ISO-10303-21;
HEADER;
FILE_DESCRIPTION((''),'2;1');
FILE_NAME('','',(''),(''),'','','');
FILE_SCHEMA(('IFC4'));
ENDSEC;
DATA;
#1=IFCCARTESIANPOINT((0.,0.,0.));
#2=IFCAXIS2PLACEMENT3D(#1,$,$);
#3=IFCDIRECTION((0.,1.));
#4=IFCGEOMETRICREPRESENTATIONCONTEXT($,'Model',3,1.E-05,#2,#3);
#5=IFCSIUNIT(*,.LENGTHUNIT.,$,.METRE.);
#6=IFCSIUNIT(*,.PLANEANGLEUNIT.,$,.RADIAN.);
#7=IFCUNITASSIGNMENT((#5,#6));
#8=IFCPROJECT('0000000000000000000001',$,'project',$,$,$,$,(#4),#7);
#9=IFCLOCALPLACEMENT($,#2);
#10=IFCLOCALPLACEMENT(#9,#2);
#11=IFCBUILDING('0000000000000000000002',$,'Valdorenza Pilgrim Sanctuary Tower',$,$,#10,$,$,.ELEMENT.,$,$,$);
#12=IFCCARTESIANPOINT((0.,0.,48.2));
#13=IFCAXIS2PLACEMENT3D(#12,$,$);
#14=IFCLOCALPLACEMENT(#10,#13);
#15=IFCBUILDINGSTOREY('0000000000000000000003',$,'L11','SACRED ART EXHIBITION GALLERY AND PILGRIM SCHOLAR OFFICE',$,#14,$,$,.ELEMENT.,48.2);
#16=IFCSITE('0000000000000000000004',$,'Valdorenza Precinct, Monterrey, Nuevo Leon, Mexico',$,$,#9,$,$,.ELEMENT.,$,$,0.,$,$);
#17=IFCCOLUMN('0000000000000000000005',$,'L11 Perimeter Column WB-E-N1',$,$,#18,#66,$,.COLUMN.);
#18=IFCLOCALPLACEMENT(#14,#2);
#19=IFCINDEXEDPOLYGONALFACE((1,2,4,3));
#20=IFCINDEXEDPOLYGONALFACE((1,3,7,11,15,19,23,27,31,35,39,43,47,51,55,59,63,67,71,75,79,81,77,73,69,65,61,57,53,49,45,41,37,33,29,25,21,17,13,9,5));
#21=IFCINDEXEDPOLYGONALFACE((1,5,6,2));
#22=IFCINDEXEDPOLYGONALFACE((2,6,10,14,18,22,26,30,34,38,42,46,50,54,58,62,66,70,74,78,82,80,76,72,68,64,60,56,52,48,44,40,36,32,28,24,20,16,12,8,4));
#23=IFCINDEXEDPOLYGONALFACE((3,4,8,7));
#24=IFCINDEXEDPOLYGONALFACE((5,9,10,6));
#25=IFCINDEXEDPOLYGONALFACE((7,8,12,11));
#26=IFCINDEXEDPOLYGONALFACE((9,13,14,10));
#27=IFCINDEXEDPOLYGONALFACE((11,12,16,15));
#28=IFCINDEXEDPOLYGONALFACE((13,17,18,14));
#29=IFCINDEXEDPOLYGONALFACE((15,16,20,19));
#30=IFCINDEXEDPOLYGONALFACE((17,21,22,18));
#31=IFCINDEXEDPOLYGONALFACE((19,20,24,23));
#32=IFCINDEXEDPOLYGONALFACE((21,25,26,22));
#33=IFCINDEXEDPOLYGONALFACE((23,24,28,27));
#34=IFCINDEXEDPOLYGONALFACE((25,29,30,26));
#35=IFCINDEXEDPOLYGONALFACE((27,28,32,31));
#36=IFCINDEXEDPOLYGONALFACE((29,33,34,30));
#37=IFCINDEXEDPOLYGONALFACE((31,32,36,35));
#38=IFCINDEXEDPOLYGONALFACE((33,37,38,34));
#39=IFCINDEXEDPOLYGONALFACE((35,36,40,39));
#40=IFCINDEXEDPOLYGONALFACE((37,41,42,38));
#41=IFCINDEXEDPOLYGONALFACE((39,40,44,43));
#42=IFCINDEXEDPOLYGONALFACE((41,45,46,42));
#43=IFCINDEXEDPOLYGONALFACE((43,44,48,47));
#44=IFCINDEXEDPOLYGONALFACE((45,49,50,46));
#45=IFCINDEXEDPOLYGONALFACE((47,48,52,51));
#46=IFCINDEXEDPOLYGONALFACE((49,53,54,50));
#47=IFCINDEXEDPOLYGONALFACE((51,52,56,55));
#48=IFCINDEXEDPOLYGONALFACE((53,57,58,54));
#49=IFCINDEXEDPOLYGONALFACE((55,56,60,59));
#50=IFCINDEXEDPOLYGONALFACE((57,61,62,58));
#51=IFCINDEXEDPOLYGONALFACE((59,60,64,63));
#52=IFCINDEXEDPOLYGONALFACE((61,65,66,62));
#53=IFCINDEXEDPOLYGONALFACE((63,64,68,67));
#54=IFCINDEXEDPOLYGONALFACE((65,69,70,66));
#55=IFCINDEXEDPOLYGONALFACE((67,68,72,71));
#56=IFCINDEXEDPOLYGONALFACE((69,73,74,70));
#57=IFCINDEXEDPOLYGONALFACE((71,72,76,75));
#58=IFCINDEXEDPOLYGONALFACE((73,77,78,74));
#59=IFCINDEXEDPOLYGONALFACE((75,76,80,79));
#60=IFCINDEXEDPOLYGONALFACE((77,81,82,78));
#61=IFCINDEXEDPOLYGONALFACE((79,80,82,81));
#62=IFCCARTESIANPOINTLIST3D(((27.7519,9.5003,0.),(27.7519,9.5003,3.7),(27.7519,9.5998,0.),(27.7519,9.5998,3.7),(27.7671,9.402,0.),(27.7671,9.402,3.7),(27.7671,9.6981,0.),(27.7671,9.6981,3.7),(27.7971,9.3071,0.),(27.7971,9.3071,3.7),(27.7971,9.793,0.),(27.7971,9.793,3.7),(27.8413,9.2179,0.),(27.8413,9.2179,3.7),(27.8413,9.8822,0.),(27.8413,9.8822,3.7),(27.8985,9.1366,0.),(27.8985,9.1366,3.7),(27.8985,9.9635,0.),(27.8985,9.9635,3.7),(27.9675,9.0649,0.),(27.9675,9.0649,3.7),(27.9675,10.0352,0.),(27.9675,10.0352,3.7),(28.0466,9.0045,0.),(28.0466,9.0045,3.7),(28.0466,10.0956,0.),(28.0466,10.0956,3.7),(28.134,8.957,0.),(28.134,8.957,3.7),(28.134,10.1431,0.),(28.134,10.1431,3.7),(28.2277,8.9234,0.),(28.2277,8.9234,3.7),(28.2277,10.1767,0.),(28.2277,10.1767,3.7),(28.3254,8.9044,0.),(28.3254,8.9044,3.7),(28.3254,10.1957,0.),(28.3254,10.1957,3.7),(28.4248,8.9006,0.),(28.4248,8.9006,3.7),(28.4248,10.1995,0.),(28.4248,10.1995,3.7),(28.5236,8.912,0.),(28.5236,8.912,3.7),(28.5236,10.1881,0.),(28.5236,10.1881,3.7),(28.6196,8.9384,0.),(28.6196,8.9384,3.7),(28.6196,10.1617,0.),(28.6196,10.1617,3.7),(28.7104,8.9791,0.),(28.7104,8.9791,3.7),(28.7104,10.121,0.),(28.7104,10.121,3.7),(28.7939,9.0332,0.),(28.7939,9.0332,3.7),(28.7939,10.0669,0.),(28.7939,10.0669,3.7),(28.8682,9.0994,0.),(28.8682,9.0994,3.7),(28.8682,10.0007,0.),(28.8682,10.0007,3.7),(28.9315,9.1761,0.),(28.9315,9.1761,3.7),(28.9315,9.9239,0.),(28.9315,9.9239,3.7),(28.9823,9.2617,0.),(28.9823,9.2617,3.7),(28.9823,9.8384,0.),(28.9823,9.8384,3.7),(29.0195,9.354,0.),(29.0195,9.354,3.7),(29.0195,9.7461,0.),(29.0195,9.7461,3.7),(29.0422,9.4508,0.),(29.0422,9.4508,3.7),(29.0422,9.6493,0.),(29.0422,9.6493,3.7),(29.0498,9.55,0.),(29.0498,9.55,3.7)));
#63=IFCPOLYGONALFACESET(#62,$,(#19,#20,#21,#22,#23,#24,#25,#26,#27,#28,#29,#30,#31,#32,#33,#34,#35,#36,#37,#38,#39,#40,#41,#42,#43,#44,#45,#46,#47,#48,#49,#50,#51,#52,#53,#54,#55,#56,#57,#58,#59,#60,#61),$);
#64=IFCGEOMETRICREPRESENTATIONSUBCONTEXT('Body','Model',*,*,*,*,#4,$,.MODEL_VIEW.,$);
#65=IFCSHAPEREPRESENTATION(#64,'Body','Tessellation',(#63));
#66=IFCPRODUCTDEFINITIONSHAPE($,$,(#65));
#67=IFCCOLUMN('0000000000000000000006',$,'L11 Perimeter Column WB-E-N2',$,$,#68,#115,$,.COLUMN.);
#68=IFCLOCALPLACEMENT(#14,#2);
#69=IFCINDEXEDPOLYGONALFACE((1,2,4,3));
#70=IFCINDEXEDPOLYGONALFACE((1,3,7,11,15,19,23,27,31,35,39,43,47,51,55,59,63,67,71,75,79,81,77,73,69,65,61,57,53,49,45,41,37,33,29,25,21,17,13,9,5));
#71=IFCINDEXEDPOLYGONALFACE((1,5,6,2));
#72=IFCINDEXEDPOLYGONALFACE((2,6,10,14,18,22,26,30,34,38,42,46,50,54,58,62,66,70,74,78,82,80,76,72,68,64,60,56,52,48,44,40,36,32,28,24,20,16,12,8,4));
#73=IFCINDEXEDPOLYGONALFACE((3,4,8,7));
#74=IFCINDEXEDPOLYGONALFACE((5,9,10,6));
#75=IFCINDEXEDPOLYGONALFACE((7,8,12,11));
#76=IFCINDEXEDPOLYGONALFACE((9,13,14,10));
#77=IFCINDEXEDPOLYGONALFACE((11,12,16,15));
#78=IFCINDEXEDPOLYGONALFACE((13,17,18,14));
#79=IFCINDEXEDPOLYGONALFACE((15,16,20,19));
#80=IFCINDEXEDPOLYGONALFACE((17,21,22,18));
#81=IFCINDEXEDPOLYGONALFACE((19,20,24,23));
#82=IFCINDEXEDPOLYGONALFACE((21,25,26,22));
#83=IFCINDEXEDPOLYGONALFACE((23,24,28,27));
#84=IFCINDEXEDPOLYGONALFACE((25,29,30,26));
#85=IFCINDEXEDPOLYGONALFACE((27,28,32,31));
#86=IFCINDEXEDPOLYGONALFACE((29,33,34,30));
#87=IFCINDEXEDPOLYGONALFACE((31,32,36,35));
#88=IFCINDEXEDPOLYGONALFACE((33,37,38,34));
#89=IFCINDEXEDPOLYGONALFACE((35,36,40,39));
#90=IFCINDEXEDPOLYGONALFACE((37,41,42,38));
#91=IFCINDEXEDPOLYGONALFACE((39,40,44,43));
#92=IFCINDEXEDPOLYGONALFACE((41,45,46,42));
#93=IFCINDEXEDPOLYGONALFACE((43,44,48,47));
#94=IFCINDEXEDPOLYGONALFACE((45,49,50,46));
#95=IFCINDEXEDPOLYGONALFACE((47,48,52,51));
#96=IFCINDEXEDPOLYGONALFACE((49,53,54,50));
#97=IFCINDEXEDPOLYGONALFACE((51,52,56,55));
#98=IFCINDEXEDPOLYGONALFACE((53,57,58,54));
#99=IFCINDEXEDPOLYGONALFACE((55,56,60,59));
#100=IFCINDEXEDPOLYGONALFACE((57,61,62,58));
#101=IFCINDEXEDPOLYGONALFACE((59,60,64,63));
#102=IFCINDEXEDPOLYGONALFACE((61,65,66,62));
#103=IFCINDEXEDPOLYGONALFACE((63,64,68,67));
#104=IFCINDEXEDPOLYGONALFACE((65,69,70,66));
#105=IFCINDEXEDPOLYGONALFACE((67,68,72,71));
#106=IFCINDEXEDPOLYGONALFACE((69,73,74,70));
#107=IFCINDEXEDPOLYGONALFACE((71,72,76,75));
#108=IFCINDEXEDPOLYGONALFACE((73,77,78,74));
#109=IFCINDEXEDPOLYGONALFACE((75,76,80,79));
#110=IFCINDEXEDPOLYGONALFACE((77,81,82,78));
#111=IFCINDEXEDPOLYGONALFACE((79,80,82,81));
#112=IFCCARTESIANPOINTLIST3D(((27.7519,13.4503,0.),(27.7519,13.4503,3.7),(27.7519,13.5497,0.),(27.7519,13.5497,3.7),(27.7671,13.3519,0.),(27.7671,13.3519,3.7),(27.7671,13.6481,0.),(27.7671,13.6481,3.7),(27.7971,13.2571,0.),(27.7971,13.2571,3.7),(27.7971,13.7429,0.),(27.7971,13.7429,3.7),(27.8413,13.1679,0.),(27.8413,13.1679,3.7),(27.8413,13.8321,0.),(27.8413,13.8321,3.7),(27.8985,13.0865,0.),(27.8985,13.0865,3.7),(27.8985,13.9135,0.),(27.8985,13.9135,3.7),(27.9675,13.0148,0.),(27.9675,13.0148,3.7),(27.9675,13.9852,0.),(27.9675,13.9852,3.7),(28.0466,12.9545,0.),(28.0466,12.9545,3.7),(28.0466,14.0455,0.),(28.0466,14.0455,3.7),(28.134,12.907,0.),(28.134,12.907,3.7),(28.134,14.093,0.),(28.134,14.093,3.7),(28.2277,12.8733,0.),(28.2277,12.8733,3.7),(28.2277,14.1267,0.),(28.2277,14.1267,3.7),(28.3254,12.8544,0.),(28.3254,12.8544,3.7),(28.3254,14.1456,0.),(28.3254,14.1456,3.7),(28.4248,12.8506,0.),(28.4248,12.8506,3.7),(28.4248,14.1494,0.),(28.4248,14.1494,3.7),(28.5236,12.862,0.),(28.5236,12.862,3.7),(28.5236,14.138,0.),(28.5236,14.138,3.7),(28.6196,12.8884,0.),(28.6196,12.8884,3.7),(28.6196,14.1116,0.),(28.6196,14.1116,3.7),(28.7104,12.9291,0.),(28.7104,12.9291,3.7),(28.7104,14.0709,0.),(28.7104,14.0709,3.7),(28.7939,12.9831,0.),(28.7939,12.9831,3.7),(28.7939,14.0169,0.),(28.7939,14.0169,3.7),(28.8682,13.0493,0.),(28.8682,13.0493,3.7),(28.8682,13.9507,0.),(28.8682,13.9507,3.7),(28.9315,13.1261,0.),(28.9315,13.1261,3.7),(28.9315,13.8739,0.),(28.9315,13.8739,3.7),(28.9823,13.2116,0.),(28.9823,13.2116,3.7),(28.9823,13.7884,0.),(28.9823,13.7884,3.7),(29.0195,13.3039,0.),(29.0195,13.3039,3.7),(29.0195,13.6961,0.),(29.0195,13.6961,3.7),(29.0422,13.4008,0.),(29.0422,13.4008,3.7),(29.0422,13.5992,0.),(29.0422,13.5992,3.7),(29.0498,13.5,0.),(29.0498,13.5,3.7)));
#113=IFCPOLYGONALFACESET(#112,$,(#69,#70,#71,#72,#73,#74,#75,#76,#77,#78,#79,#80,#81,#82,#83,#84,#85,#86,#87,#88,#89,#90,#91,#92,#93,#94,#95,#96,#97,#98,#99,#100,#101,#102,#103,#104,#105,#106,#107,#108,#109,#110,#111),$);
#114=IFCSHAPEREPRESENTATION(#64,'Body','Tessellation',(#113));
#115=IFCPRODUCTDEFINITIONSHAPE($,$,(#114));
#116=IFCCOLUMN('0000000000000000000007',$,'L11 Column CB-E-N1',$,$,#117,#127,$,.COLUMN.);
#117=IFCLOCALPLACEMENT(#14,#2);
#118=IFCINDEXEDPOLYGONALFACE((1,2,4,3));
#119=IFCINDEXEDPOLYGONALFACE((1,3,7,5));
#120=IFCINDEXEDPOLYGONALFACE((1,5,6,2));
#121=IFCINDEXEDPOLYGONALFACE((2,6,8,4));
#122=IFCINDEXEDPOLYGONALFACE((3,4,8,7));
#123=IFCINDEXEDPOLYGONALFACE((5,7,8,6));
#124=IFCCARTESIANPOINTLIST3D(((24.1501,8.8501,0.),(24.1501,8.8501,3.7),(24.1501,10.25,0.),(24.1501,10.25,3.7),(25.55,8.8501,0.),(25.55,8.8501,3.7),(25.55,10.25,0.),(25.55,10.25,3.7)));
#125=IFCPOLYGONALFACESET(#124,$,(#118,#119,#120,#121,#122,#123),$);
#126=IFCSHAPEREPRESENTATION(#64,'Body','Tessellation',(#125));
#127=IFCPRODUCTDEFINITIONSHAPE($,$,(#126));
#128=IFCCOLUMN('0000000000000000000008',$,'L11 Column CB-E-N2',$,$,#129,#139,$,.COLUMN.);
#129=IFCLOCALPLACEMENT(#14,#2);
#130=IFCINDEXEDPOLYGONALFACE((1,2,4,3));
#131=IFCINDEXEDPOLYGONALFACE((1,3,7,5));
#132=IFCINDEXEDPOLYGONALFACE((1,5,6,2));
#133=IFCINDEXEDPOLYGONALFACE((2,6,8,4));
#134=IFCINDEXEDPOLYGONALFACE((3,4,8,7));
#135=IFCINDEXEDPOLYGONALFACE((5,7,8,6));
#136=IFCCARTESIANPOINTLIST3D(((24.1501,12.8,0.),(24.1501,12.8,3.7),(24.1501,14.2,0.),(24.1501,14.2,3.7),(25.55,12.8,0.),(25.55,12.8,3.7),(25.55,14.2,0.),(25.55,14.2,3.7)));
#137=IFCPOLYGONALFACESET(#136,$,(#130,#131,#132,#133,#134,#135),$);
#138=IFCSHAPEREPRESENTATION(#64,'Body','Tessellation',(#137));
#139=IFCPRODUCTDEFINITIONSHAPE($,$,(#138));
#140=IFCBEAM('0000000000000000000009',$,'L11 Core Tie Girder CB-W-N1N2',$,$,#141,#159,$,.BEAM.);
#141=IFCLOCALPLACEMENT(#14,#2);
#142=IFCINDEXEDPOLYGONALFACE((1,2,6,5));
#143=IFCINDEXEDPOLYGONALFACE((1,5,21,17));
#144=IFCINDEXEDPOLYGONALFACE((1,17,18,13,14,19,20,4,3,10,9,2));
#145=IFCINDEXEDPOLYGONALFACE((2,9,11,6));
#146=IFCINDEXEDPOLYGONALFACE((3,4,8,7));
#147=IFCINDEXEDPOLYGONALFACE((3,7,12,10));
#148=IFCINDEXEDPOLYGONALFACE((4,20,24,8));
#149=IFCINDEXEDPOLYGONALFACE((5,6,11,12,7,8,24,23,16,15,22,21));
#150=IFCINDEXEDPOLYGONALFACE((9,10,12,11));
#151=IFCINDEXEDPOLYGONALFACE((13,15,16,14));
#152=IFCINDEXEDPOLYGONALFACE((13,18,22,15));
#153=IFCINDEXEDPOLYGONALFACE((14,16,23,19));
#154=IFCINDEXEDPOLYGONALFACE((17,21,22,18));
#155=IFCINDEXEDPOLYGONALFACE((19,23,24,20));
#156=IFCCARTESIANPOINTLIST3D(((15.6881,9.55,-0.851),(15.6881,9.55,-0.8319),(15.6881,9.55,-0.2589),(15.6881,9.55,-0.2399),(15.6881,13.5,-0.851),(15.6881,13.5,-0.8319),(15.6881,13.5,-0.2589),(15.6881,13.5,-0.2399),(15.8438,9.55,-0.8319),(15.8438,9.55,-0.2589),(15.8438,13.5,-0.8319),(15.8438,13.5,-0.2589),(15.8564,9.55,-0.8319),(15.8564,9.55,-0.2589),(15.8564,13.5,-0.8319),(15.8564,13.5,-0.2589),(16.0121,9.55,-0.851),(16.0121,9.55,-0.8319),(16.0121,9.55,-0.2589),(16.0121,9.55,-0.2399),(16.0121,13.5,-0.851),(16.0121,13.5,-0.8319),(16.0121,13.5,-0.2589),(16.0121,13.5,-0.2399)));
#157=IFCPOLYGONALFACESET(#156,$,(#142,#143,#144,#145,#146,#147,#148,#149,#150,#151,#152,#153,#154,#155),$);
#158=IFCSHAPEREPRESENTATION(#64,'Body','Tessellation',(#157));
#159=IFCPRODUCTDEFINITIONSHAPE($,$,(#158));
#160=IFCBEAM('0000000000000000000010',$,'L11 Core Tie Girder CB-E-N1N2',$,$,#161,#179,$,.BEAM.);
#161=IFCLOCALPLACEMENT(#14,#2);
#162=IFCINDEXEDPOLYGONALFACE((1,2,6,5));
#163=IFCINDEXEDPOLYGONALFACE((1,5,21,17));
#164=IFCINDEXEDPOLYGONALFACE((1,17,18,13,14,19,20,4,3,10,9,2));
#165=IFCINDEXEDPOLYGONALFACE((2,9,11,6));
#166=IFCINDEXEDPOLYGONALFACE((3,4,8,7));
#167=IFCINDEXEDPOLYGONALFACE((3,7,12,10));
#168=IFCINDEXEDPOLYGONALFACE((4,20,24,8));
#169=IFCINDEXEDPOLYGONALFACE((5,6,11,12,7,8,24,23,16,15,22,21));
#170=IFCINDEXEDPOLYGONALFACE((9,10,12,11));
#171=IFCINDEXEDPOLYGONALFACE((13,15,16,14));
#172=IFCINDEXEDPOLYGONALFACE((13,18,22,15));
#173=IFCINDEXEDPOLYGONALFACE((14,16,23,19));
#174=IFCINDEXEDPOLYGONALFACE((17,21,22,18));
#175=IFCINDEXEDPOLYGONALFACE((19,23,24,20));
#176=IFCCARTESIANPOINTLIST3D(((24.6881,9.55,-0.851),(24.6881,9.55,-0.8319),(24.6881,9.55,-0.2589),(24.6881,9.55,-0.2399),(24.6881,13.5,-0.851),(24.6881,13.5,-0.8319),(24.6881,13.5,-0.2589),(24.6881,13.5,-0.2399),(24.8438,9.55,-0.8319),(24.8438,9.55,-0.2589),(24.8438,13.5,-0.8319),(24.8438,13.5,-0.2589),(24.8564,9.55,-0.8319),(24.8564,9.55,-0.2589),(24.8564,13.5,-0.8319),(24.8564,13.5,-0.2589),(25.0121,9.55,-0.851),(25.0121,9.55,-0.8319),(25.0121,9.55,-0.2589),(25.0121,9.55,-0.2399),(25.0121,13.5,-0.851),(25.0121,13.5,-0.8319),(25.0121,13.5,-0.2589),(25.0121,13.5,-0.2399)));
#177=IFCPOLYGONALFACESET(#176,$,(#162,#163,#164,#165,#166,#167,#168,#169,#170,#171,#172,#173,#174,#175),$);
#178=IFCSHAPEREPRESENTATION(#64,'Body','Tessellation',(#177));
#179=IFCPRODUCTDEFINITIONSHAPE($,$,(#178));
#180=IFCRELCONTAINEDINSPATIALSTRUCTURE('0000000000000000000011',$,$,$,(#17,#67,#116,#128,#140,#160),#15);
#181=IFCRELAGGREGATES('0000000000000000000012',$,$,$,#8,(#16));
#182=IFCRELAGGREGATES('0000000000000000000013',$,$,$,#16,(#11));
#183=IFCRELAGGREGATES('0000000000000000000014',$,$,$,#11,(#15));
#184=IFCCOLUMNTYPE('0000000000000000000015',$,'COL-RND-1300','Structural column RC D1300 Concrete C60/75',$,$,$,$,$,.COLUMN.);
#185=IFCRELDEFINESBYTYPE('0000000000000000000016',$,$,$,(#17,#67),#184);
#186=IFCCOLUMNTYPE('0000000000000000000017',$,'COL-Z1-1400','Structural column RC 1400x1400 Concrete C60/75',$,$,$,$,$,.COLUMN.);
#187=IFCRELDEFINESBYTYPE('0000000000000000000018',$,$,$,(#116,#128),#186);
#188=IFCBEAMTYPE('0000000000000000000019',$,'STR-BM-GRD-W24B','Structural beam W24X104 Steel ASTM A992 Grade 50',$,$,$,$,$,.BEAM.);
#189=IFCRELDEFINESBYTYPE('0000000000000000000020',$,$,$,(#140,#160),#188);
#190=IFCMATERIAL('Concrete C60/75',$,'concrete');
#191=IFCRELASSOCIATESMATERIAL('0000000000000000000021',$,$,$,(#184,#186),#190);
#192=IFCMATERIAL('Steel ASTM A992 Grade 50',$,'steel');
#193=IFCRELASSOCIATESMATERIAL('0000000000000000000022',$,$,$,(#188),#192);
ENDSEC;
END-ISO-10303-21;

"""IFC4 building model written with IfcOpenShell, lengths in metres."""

from ifc_helpers import new_model, si_unit, direction, frame, origin, origin_2d, place, context, subcontext, project, spatial, rectangle, circle, i_section, extrude, source, transform, mapped, material, material_profile, profile_set, type_object, element, save


model = new_model("IFC4")

# Units and contexts
model_context = context("Model", 3, precision=1e-05, world=origin(), true_north=direction((0.0, 1.0)))
body_context = subcontext(model_context, "Body", "Model", "MODEL_VIEW")
ifc_project = project(units=[si_unit("LENGTHUNIT", "METRE"), si_unit("PLANEANGLEUNIT", "RADIAN")], contexts=[model_context])

# Site, building, storey
site_placement = place(None, origin())
site = spatial("IfcSite", under=ifc_project, at=site_placement, Name="Valdorenza Precinct, Monterrey, Nuevo Leon, Mexico", CompositionType="ELEMENT", RefElevation=0.0)
building_placement = place(site_placement, origin())
building = spatial("IfcBuilding", under=site, at=building_placement, Name="Valdorenza Pilgrim Sanctuary Tower", CompositionType="ELEMENT")
storey_placement = place(building_placement, frame((0.0, 0.0, 48.2)))
storey = spatial("IfcBuildingStorey", under=building, at=storey_placement, Name="L11", Description="SACRED ART EXHIBITION GALLERY AND PILGRIM SCHOLAR OFFICE", CompositionType="ELEMENT", Elevation=48.2)

# Columns
ifc_material_1 = material(Name="Concrete C60/75", Category="concrete")
ifc_material_profile_1 = material_profile(ifc_material_1, circle(Radius=0.6499, at=origin_2d()), Name="RC D1300")
ifc_profile_set_1 = profile_set([ifc_material_profile_1], Name="Concrete C60/75")
column_type_1 = type_object("IfcColumnType", Name="COL-RND-1300", Description="Structural column RC D1300 Concrete C60/75", PredefinedType="COLUMN", material=ifc_profile_set_1)
shared_shape_1 = source(origin(), body_context, "Body", "SweptSolid", [
    extrude(circle(Radius=0.6499, at=origin_2d()), origin(), (0.0, 0.0, 1.0), 3.7),
])
for number, where, z_axis, x_axis, name in (
    (1, (28.3999, 9.55, 0.0), (0.0, 0.0, 1.0), (1.0, 0.0, 0.0), "L11 Perimeter Column WB-E-N1"),
    (2, (28.3999, 13.5, 0.0), (0.0, 0.0, 1.0), (1.0, 0.0, 0.0), "L11 Perimeter Column WB-E-N2"),
):
    element("IfcColumn", number, at=place(storey_placement, frame(where, z_axis=z_axis, x_axis=x_axis)), inside=storey, type_object=column_type_1, Name=name, PredefinedType="COLUMN", context=body_context, shape_type="MappedRepresentation", body=[
        mapped(shared_shape_1, transform((0.0, 0.0, 0.0), x_axis=(1.0, 0.0, 0.0), y_axis=(0.0, 1.0, 0.0), z_axis=(0.0, 0.0, 1.0), scale=1.0)),
    ])
ifc_material_profile_2 = material_profile(ifc_material_1, rectangle(XDim=1.3999, YDim=1.3999, at=origin_2d()), Name="RC 1400x1400")
ifc_profile_set_2 = profile_set([ifc_material_profile_2], Name="Concrete C60/75")
column_type_2 = type_object("IfcColumnType", Name="COL-Z1-1400", Description="Structural column RC 1400x1400 Concrete C60/75", PredefinedType="COLUMN", material=ifc_profile_set_2)
shared_shape_2 = source(origin(), body_context, "Body", "SweptSolid", [
    extrude(rectangle(XDim=1.3999, YDim=1.3999, at=origin_2d()), origin(), (0.0, 0.0, 1.0), 3.7),
])
for number, where, z_axis, x_axis, name in (
    (3, (24.8501, 9.55, 0.0), (0.0, 0.0, 1.0), (1.0, 0.0, 0.0), "L11 Column CB-E-N1"),
    (4, (24.8501, 13.5, 0.0), (0.0, 0.0, 1.0), (1.0, 0.0, 0.0), "L11 Column CB-E-N2"),
):
    element("IfcColumn", number, at=place(storey_placement, frame(where, z_axis=z_axis, x_axis=x_axis)), inside=storey, type_object=column_type_2, Name=name, PredefinedType="COLUMN", context=body_context, shape_type="MappedRepresentation", body=[
        mapped(shared_shape_2, transform((0.0, 0.0, 0.0), x_axis=(1.0, 0.0, 0.0), y_axis=(0.0, 1.0, 0.0), z_axis=(0.0, 0.0, 1.0), scale=1.0)),
    ])

# Beams
ifc_material_2 = material(Name="Steel ASTM A992 Grade 50", Category="steel")
ifc_material_profile_3 = material_profile(ifc_material_2, i_section(OverallWidth=0.324, OverallDepth=0.6111, WebThickness=0.0127, FlangeThickness=0.019, at=origin_2d()), Name="W24X104")
ifc_profile_set_3 = profile_set([ifc_material_profile_3], Name="Steel ASTM A992 Grade 50")
beam_type_1 = type_object("IfcBeamType", Name="STR-BM-GRD-W24B", Description="Structural beam W24X104 Steel ASTM A992 Grade 50", PredefinedType="BEAM", material=ifc_profile_set_3)
shared_shape_3 = source(origin(), body_context, "Body", "SweptSolid", [
    extrude(i_section(OverallWidth=0.324, OverallDepth=0.6111, WebThickness=0.0127, FlangeThickness=0.019, at=origin_2d()), origin(), (0.0, 0.0, 1.0), 3.95),
])
for number, where, z_axis, x_axis, name in (
    (5, (15.8501, 9.55, -0.5454), (0.0, 1.0, 0.0), (-1.0, 0.0, 0.0), "L11 Core Tie Girder CB-W-N1N2"),
    (6, (24.8501, 9.55, -0.5454), (0.0, 1.0, 0.0), (-1.0, 0.0, 0.0), "L11 Core Tie Girder CB-E-N1N2"),
):
    element("IfcBeam", number, at=place(storey_placement, frame(where, z_axis=z_axis, x_axis=x_axis)), inside=storey, type_object=beam_type_1, Name=name, PredefinedType="BEAM", context=body_context, shape_type="MappedRepresentation", body=[
        mapped(shared_shape_3, transform((0.0, 0.0, 0.0), x_axis=(1.0, 0.0, 0.0), y_axis=(0.0, 1.0, 0.0), z_axis=(0.0, 0.0, 1.0), scale=1.0)),
    ])

save(model, "model.ifc")
